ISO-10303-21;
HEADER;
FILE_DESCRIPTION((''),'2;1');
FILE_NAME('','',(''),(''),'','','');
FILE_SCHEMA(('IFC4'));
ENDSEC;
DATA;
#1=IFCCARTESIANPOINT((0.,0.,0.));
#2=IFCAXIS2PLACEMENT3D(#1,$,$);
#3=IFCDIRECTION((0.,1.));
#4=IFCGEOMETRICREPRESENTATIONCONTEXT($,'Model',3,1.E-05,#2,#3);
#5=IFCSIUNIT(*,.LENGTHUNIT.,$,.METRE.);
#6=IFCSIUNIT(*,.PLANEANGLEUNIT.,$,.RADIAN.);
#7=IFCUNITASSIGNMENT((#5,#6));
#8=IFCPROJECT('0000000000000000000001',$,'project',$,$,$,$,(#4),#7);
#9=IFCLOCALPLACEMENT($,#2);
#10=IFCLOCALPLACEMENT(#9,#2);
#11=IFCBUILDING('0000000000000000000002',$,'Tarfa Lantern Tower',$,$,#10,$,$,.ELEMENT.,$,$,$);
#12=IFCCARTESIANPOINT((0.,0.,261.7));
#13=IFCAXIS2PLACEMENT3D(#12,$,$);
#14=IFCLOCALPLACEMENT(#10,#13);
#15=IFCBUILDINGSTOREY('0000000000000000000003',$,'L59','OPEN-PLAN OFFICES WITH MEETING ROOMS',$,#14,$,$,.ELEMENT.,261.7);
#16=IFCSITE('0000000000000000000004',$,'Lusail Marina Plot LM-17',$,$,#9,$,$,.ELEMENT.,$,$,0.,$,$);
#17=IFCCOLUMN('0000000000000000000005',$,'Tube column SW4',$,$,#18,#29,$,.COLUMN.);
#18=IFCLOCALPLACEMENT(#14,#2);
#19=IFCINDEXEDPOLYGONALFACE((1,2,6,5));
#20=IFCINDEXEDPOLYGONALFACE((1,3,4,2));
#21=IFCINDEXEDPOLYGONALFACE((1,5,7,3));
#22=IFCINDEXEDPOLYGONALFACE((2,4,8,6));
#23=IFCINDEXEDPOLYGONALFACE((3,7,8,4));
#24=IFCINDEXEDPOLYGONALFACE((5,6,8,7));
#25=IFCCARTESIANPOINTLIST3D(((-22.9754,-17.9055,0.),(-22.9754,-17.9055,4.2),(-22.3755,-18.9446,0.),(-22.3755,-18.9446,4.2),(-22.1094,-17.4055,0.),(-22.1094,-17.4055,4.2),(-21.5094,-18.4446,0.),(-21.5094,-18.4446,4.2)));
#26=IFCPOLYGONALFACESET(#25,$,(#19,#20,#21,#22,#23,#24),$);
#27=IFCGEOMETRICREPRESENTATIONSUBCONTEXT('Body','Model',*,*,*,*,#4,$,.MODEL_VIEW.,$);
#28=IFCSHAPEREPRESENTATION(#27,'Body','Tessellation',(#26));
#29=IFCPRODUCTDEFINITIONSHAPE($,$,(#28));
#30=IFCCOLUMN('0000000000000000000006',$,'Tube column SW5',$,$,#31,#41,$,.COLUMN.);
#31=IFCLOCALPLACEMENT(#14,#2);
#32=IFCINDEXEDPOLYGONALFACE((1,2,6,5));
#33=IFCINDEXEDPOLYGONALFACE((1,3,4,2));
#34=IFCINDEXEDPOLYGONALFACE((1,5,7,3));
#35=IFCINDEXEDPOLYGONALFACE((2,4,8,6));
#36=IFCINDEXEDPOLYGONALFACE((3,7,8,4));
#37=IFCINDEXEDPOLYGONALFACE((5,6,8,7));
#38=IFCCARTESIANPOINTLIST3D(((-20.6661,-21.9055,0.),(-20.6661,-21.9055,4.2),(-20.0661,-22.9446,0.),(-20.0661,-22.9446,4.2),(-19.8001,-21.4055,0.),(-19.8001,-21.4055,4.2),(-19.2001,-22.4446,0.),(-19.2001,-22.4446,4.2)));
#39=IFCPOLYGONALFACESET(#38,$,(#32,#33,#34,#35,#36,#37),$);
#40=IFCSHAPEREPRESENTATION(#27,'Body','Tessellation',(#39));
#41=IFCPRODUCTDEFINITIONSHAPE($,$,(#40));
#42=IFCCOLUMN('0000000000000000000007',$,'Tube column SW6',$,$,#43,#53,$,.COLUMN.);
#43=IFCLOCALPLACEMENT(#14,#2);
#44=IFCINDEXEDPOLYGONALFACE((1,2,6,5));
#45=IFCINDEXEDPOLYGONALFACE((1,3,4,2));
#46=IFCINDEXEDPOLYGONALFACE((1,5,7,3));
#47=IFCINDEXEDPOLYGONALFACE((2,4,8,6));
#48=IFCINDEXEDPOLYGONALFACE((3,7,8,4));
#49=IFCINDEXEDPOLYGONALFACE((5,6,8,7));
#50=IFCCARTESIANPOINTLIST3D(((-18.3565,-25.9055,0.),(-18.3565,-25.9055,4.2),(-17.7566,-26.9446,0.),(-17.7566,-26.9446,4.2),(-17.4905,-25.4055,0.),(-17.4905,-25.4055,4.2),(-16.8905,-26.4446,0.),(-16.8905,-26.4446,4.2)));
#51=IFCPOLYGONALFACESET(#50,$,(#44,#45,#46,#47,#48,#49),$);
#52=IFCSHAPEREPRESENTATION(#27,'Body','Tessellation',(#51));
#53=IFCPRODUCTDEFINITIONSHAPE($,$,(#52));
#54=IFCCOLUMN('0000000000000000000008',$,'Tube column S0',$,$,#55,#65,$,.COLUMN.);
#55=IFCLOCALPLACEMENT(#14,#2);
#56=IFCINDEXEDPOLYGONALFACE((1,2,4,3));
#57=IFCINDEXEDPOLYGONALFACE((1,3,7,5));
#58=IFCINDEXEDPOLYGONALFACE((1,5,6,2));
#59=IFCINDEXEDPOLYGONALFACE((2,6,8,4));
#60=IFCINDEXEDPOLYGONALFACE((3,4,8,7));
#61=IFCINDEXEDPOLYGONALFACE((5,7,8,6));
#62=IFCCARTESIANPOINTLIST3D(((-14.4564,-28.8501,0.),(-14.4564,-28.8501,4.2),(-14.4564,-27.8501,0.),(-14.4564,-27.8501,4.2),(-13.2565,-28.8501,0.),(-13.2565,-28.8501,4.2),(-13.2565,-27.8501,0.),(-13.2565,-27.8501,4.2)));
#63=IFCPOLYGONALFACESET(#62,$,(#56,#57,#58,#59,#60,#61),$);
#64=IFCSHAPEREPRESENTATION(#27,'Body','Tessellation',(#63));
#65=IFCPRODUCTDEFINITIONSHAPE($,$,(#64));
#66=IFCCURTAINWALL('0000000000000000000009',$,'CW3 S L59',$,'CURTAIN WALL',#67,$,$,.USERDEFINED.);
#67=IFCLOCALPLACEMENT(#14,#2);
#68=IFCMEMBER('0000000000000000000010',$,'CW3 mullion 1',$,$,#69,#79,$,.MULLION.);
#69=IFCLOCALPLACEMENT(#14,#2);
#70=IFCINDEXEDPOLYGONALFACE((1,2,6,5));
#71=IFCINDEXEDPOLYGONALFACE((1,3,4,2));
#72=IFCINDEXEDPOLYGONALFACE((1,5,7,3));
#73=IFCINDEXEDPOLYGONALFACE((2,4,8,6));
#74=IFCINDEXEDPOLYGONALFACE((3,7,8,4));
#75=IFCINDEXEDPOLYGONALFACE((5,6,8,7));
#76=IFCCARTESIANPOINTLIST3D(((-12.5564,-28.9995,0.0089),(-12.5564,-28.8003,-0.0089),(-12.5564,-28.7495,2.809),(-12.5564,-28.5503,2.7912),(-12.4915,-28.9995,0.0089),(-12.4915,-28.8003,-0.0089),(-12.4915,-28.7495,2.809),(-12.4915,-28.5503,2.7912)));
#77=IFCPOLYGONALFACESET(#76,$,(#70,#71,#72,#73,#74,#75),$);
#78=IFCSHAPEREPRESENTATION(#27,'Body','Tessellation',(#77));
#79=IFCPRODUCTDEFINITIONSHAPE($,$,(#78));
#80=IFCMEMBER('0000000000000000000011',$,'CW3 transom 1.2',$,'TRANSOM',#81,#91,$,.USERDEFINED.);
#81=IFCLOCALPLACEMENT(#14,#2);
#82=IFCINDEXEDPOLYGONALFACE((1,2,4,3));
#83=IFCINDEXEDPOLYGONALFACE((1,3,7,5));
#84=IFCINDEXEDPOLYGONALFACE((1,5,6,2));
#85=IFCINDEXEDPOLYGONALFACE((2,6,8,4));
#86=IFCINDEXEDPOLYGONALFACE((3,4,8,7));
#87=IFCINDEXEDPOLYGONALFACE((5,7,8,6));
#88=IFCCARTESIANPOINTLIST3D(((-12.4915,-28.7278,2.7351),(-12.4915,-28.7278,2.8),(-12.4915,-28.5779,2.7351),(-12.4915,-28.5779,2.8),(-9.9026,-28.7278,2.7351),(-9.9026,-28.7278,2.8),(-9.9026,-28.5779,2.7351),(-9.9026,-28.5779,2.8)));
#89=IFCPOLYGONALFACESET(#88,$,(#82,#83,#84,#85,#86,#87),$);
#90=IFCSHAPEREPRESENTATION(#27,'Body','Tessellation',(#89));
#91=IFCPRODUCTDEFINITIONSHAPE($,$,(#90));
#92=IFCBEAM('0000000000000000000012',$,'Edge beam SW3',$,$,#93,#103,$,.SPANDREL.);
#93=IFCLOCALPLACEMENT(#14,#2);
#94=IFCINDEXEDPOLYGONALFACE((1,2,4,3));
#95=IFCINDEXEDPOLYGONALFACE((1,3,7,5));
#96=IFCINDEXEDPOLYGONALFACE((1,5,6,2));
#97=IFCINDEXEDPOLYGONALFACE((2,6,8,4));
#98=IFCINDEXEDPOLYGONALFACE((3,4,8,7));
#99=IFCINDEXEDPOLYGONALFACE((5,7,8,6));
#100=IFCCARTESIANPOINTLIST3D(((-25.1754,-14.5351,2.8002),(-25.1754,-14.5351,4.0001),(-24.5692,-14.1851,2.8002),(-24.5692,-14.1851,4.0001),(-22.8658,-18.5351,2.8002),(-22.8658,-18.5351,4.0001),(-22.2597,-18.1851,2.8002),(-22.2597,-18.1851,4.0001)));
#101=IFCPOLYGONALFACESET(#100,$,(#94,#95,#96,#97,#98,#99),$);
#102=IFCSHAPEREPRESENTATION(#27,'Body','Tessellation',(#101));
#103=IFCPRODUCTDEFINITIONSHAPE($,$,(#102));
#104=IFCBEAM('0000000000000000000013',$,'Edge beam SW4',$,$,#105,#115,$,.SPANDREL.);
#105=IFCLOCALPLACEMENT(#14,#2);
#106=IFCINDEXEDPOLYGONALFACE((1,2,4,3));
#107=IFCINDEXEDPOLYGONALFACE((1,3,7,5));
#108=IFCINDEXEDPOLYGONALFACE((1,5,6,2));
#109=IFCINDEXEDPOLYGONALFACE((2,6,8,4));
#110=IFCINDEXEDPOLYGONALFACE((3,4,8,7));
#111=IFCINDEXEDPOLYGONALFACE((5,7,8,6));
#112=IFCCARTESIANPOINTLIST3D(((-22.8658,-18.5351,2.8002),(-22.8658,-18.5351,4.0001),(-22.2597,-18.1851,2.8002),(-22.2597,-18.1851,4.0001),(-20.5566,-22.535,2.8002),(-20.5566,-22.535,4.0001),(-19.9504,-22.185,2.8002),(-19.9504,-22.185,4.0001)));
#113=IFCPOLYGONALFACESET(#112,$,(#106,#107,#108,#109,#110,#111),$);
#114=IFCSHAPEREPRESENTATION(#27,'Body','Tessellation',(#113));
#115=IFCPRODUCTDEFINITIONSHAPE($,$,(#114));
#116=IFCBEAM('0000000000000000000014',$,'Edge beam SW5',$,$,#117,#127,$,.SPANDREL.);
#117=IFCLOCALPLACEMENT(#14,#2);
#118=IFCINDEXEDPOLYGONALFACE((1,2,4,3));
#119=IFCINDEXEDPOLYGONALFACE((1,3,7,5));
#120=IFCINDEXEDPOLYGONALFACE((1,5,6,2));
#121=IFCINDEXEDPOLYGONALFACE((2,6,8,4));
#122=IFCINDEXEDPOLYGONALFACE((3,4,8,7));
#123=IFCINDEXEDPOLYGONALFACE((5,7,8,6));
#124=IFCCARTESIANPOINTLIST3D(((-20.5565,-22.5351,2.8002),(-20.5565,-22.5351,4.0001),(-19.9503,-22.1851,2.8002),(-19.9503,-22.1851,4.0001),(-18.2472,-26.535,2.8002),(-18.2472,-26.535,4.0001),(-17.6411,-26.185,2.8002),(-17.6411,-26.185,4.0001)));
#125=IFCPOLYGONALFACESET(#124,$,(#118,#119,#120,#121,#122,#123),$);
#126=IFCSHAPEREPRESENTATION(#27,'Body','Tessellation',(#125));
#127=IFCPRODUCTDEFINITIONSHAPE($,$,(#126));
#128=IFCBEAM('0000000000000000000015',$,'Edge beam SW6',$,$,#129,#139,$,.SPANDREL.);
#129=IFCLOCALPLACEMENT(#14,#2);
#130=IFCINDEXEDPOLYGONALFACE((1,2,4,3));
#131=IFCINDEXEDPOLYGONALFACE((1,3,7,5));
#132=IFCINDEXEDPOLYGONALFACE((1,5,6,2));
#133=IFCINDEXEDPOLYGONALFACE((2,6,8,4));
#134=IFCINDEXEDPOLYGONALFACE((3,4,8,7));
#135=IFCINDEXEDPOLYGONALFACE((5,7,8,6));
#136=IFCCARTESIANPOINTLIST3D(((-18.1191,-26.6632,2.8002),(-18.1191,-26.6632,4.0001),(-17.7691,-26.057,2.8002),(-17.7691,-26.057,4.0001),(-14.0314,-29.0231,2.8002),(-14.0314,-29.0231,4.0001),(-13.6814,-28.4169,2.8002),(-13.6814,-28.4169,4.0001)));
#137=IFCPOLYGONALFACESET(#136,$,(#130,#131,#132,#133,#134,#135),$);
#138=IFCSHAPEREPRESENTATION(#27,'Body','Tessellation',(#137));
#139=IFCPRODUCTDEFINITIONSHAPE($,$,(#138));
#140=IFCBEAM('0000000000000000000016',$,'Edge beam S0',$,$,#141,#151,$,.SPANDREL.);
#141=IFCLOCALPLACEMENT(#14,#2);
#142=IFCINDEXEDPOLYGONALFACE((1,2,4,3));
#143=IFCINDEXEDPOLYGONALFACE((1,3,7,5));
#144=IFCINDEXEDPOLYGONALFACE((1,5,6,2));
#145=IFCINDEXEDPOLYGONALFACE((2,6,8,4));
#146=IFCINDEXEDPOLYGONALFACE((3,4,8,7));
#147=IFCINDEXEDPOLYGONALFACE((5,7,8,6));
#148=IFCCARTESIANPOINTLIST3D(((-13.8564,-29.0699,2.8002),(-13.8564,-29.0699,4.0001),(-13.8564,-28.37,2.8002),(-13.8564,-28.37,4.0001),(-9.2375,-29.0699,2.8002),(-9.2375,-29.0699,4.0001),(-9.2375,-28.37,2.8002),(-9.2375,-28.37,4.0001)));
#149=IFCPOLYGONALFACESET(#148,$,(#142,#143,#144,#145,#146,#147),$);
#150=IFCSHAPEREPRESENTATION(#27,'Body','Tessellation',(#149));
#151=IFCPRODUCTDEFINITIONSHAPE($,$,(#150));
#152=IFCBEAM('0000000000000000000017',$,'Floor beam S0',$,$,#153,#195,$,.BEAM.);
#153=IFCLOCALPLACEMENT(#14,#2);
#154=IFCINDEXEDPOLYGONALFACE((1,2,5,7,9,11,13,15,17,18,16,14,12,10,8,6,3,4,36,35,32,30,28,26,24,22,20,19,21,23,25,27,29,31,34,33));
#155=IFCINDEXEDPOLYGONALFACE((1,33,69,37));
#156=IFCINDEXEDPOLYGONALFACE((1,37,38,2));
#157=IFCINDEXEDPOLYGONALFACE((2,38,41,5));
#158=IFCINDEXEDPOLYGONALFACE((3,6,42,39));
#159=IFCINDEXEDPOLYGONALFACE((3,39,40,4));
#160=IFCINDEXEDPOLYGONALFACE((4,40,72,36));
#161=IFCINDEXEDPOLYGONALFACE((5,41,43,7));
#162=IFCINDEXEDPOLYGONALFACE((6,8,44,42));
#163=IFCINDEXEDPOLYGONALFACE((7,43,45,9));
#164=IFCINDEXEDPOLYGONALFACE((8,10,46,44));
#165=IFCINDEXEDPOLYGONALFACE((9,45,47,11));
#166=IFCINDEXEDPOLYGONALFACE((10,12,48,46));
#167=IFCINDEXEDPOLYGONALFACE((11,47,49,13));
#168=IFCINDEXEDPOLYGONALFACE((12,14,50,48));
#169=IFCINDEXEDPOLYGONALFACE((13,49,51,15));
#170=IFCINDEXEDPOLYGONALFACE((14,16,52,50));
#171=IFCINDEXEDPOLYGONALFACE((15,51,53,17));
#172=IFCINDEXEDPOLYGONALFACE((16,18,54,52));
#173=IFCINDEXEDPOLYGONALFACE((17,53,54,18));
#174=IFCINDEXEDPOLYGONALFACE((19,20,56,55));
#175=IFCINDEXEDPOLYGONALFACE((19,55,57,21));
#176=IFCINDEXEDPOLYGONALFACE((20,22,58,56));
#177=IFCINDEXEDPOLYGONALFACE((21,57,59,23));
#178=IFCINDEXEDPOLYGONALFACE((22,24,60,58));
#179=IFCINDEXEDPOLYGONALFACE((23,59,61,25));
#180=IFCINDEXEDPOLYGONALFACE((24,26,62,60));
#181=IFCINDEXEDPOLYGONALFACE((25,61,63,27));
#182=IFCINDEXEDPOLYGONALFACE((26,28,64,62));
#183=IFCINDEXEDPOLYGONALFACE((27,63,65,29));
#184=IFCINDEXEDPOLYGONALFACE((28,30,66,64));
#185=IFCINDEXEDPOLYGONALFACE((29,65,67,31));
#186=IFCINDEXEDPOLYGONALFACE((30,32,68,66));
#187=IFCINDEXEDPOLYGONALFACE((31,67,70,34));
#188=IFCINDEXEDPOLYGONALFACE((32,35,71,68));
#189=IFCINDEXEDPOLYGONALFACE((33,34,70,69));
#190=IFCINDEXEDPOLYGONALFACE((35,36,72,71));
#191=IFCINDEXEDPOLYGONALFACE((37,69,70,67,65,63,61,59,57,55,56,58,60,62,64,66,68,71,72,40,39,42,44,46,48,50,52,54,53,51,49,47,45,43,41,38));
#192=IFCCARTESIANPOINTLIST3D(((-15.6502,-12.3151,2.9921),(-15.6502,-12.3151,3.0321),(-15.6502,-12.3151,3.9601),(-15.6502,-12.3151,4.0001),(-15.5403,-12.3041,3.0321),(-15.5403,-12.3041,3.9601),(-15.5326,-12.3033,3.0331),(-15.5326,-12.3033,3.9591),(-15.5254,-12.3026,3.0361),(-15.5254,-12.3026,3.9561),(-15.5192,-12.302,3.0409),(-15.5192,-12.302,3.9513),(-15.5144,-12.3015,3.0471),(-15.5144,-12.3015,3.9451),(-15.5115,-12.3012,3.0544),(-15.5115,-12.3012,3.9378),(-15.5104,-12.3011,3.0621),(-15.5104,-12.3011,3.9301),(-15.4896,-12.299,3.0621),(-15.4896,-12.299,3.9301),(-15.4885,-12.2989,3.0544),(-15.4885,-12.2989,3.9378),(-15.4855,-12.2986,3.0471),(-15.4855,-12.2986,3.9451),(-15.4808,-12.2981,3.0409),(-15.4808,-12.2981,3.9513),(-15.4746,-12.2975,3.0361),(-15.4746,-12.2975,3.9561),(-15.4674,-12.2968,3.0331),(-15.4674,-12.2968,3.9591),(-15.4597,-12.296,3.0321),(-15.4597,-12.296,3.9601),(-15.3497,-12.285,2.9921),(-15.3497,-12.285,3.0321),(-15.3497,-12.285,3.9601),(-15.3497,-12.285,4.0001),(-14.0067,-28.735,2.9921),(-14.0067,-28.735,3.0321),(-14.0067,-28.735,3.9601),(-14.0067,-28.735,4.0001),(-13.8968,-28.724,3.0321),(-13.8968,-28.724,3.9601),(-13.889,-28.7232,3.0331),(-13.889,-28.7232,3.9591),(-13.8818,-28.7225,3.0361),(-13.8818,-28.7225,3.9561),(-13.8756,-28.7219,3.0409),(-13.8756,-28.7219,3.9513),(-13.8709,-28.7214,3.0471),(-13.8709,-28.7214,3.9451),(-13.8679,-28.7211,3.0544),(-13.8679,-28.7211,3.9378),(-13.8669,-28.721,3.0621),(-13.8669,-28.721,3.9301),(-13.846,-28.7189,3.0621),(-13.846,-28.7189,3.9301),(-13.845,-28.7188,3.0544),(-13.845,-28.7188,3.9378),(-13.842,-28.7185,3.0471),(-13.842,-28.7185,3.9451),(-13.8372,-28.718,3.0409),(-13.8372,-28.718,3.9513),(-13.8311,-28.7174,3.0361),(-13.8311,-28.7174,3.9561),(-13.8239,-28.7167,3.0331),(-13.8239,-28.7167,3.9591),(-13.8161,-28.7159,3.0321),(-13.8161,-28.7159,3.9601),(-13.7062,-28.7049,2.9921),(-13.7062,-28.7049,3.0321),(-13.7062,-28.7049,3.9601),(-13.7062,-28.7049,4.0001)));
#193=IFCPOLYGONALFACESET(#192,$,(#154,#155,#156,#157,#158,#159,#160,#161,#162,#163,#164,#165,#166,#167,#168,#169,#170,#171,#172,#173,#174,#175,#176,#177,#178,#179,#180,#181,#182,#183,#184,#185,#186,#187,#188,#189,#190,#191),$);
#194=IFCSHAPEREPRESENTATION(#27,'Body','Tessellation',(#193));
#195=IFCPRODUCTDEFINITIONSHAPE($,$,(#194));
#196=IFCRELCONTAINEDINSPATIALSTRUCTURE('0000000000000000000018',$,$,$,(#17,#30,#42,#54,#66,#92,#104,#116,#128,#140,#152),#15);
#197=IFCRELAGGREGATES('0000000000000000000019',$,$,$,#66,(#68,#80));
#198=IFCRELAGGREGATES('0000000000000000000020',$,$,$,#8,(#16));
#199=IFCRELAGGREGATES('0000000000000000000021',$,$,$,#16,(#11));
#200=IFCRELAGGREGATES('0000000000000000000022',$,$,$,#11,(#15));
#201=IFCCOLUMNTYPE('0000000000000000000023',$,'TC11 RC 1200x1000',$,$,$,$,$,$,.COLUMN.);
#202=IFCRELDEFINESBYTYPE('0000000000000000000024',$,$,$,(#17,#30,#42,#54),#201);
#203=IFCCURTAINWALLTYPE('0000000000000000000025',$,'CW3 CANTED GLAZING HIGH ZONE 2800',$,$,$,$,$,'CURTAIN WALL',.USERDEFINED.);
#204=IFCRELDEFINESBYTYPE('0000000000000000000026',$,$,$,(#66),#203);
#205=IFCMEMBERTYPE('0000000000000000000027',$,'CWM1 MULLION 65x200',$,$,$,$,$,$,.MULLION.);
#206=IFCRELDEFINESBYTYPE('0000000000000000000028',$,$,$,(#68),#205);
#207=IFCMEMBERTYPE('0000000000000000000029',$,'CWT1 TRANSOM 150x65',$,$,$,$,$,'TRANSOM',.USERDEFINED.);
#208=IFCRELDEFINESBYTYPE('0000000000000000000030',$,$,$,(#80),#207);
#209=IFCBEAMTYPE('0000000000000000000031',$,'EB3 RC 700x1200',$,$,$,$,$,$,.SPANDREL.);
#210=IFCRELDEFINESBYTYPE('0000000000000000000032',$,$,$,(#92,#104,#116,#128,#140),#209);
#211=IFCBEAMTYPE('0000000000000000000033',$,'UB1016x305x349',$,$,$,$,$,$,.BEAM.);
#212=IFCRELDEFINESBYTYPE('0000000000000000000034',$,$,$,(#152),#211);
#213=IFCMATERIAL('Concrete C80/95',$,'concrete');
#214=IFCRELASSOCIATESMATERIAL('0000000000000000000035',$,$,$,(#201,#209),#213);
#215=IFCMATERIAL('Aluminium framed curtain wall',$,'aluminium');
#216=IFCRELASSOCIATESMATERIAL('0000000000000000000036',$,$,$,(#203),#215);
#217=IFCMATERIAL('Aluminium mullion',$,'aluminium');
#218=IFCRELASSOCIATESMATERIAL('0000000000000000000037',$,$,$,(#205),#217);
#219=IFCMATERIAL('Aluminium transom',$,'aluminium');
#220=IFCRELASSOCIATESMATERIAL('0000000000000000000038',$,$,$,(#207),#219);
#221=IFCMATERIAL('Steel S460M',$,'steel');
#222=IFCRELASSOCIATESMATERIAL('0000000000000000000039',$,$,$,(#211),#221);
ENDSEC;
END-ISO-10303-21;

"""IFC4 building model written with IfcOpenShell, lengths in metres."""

from ifc_helpers import new_model, si_unit, direction, frame, origin, origin_2d, place, context, subcontext, project, spatial, rectangle, i_section, extrude, material, material_profile, profile_set, type_object, element, aggregate, save


model = new_model("IFC4")

# Units and contexts
model_context = context("Model", 3, precision=1e-05, world=origin(), true_north=direction((0.0, 1.0)))
body_context = subcontext(model_context, "Body", "Model", "MODEL_VIEW")
ifc_project = project(units=[si_unit("LENGTHUNIT", "METRE"), si_unit("PLANEANGLEUNIT", "RADIAN")], contexts=[model_context])

# Site, building, storey
site_placement = place(None, origin())
site = spatial("IfcSite", under=ifc_project, at=site_placement, Name="Lusail Marina Plot LM-17", CompositionType="ELEMENT", RefElevation=0.0)
building_placement = place(site_placement, origin())
building = spatial("IfcBuilding", under=site, at=building_placement, Name="Tarfa Lantern Tower", CompositionType="ELEMENT")
storey_placement = place(building_placement, frame((0.0, 0.0, 261.7)))
storey = spatial("IfcBuildingStorey", under=building, at=storey_placement, Name="L59", Description="OPEN-PLAN OFFICES WITH MEETING ROOMS", CompositionType="ELEMENT", Elevation=261.7)

# Columns
ifc_material_1 = material(Name="Concrete C80/95", Category="concrete")
ifc_material_profile_1 = material_profile(ifc_material_1, rectangle(XDim=1.2, YDim=1.0, at=origin_2d()), Name="RC 1200x1000")
ifc_profile_set_1 = profile_set([ifc_material_profile_1], Name="Concrete C80/95")
column_type = type_object("IfcColumnType", Name="TC11 RC 1200x1000", PredefinedType="COLUMN", material=ifc_profile_set_1)
for number, where, z_axis, x_axis, name in (
    (1, (-22.2424, -18.175, 0.0), (0.0, 0.0, 1.0), (0.5, -0.866025, 0.0), "Tube column SW4"),
    (2, (-19.9331, -22.175, 0.0), (0.0, 0.0, 1.0), (0.5, -0.866025, 0.0), "Tube column SW5"),
    (3, (-17.6235, -26.175, 0.0), (0.0, 0.0, 1.0), (0.5, -0.866025, 0.0), "Tube column SW6"),
    (4, (-13.8564, -28.3501, 0.0), (0.0, 0.0, 1.0), (1.0, 0.0, 0.0), "Tube column S0"),
):
    element("IfcColumn", number, at=place(storey_placement, frame(where, z_axis=z_axis, x_axis=x_axis)), inside=storey, type_object=column_type, Name=name, PredefinedType="COLUMN", context=body_context, shape_type="SweptSolid", body=[
        extrude(rectangle(XDim=1.2, YDim=1.0, at=origin_2d()), origin(), (0.0, 0.0, 1.0), 4.2),
    ])

# Curtain wall, members
ifc_material_2 = material(Name="Aluminium framed curtain wall", Category="aluminium")
curtain_wall_type = type_object("IfcCurtainWallType", Name="CW3 CANTED GLAZING HIGH ZONE 2800", ElementType="CURTAIN WALL", PredefinedType="USERDEFINED", material=ifc_material_2)
curtain_wall_placement = place(storey_placement, origin())
curtain_wall = element("IfcCurtainWall", 5, at=curtain_wall_placement, inside=storey, type_object=curtain_wall_type, Name="CW3 S L59", ObjectType="CURTAIN WALL", PredefinedType="USERDEFINED")
ifc_material_3 = material(Name="Aluminium mullion", Category="aluminium")
ifc_material_profile_2 = material_profile(ifc_material_3, rectangle(XDim=0.0649, YDim=0.2, at=origin_2d()), Name="AL MULLION 65x200")
ifc_profile_set_2 = profile_set([ifc_material_profile_2], Name="Aluminium mullion")
member_type_1 = type_object("IfcMemberType", Name="CWM1 MULLION 65x200", PredefinedType="MULLION", material=ifc_profile_set_2)
member_1_placement = place(storey_placement, frame((-12.5239, -28.8999, 0.0), z_axis=(0.0, 0.08893, 0.996038), x_axis=(-1.0, 0.0, 0.0)))
member_1 = element("IfcMember", 6, at=member_1_placement, type_object=member_type_1, Name="CW3 mullion 1", PredefinedType="MULLION", context=body_context, shape_type="SweptSolid", body=[
    extrude(rectangle(XDim=0.0649, YDim=0.2, at=origin_2d()), origin(), (0.0, 0.0, 1.0), 2.8113),
])
ifc_material_4 = material(Name="Aluminium transom", Category="aluminium")
ifc_material_profile_3 = material_profile(ifc_material_4, rectangle(XDim=0.1499, YDim=0.0649, at=origin_2d()), Name="AL TRANSOM 150x65")
ifc_profile_set_3 = profile_set([ifc_material_profile_3], Name="Aluminium transom")
member_type_2 = type_object("IfcMemberType", Name="CWT1 TRANSOM 150x65", ElementType="TRANSOM", PredefinedType="USERDEFINED", material=ifc_profile_set_3)
member_2_placement = place(storey_placement, frame((-12.4915, -28.6528, 2.7676), z_axis=(1.0, 0.0, 0.0), x_axis=(0.0, 1.0, 0.0)))
member_2 = element("IfcMember", 7, at=member_2_placement, type_object=member_type_2, Name="CW3 transom 1.2", ObjectType="TRANSOM", PredefinedType="USERDEFINED", context=body_context, shape_type="SweptSolid", body=[
    extrude(rectangle(XDim=0.1499, YDim=0.0649, at=origin_2d()), origin(), (0.0, 0.0, 1.0), 2.5889),
])

# Beams
ifc_material_profile_4 = material_profile(ifc_material_1, rectangle(XDim=0.7, YDim=1.2, at=origin_2d()), Name="RC 700x1200")
ifc_profile_set_4 = profile_set([ifc_material_profile_4], Name="Concrete C80/95")
beam_type_1 = type_object("IfcBeamType", Name="EB3 RC 700x1200", PredefinedType="SPANDREL", material=ifc_profile_set_4)
beam_1_placement = place(storey_placement, frame((-24.8723, -14.3601, 3.4001), z_axis=(0.500027, -0.86601, 0.0), x_axis=(0.86601, 0.500027, 0.0)))
element("IfcBeam", 8, at=beam_1_placement, inside=storey, type_object=beam_type_1, Name="Edge beam SW3", PredefinedType="SPANDREL", context=body_context, shape_type="SweptSolid", body=[
    extrude(rectangle(XDim=0.7, YDim=1.2, at=origin_2d()), origin(), (0.0, 0.0, 1.0), 4.6189),
])
for number, where, z_axis, x_axis, name in (
    (9, (-22.5627, -18.3601, 3.4001), (0.499988, -0.866032, 0.0), (0.866032, 0.499988, 0.0), "Edge beam SW4"),
    (10, (-20.2534, -22.3601, 3.4001), (0.499988, -0.866032, 0.0), (0.866032, 0.499988, 0.0), "Edge beam SW5"),
):
    element("IfcBeam", number, at=place(storey_placement, frame(where, z_axis=z_axis, x_axis=x_axis)), inside=storey, type_object=beam_type_1, Name=name, PredefinedType="SPANDREL", context=body_context, shape_type="SweptSolid", body=[
        extrude(rectangle(XDim=0.7, YDim=1.2, at=origin_2d()), origin(), (0.0, 0.0, 1.0), 4.6187),
    ])
beam_2_placement = place(storey_placement, frame((-17.9441, -26.3601, 3.4001), z_axis=(0.866038, -0.499978, 0.0), x_axis=(0.499978, 0.866038, 0.0)))
element("IfcBeam", 11, at=beam_2_placement, inside=storey, type_object=beam_type_1, Name="Edge beam SW6", PredefinedType="SPANDREL", context=body_context, shape_type="SweptSolid", body=[
    extrude(rectangle(XDim=0.7, YDim=1.2, at=origin_2d()), origin(), (0.0, 0.0, 1.0), 4.72),
])
beam_3_placement = place(storey_placement, frame((-13.8564, -28.72, 3.4001), z_axis=(1.0, 0.0, 0.0), x_axis=(0.0, 1.0, 0.0)))
element("IfcBeam", 12, at=beam_3_placement, inside=storey, type_object=beam_type_1, Name="Edge beam S0", PredefinedType="SPANDREL", context=body_context, shape_type="SweptSolid", body=[
    extrude(rectangle(XDim=0.7, YDim=1.2, at=origin_2d()), origin(), (0.0, 0.0, 1.0), 4.6189),
])
ifc_material_5 = material(Name="Steel S460M", Category="steel")
ifc_material_profile_5 = material_profile(ifc_material_5, i_section(OverallWidth=0.302, OverallDepth=1.0081, WebThickness=0.021, FlangeThickness=0.04, FilletRadius=0.03, at=origin_2d()), Name="UB1016x305x349")
ifc_profile_set_5 = profile_set([ifc_material_profile_5], Name="Steel S460M")
beam_type_2 = type_object("IfcBeamType", Name="UB1016x305x349", PredefinedType="BEAM", material=ifc_profile_set_5)
beam_4_placement = place(storey_placement, frame((-13.8564, -28.72, 3.4961), z_axis=(-0.099597, 0.995028, 0.0), x_axis=(-0.995028, -0.099597, 0.0)))
element("IfcBeam", 13, at=beam_4_placement, inside=storey, type_object=beam_type_2, Name="Floor beam S0", PredefinedType="BEAM", context=body_context, shape_type="SweptSolid", body=[
    extrude(i_section(OverallWidth=0.302, OverallDepth=1.0081, WebThickness=0.021, FlangeThickness=0.04, FilletRadius=0.03, at=origin_2d()), origin(), (0.0, 0.0, 1.0), 16.502),
])

aggregate(curtain_wall, [member_1, member_2])

save(model, "model.ifc")
